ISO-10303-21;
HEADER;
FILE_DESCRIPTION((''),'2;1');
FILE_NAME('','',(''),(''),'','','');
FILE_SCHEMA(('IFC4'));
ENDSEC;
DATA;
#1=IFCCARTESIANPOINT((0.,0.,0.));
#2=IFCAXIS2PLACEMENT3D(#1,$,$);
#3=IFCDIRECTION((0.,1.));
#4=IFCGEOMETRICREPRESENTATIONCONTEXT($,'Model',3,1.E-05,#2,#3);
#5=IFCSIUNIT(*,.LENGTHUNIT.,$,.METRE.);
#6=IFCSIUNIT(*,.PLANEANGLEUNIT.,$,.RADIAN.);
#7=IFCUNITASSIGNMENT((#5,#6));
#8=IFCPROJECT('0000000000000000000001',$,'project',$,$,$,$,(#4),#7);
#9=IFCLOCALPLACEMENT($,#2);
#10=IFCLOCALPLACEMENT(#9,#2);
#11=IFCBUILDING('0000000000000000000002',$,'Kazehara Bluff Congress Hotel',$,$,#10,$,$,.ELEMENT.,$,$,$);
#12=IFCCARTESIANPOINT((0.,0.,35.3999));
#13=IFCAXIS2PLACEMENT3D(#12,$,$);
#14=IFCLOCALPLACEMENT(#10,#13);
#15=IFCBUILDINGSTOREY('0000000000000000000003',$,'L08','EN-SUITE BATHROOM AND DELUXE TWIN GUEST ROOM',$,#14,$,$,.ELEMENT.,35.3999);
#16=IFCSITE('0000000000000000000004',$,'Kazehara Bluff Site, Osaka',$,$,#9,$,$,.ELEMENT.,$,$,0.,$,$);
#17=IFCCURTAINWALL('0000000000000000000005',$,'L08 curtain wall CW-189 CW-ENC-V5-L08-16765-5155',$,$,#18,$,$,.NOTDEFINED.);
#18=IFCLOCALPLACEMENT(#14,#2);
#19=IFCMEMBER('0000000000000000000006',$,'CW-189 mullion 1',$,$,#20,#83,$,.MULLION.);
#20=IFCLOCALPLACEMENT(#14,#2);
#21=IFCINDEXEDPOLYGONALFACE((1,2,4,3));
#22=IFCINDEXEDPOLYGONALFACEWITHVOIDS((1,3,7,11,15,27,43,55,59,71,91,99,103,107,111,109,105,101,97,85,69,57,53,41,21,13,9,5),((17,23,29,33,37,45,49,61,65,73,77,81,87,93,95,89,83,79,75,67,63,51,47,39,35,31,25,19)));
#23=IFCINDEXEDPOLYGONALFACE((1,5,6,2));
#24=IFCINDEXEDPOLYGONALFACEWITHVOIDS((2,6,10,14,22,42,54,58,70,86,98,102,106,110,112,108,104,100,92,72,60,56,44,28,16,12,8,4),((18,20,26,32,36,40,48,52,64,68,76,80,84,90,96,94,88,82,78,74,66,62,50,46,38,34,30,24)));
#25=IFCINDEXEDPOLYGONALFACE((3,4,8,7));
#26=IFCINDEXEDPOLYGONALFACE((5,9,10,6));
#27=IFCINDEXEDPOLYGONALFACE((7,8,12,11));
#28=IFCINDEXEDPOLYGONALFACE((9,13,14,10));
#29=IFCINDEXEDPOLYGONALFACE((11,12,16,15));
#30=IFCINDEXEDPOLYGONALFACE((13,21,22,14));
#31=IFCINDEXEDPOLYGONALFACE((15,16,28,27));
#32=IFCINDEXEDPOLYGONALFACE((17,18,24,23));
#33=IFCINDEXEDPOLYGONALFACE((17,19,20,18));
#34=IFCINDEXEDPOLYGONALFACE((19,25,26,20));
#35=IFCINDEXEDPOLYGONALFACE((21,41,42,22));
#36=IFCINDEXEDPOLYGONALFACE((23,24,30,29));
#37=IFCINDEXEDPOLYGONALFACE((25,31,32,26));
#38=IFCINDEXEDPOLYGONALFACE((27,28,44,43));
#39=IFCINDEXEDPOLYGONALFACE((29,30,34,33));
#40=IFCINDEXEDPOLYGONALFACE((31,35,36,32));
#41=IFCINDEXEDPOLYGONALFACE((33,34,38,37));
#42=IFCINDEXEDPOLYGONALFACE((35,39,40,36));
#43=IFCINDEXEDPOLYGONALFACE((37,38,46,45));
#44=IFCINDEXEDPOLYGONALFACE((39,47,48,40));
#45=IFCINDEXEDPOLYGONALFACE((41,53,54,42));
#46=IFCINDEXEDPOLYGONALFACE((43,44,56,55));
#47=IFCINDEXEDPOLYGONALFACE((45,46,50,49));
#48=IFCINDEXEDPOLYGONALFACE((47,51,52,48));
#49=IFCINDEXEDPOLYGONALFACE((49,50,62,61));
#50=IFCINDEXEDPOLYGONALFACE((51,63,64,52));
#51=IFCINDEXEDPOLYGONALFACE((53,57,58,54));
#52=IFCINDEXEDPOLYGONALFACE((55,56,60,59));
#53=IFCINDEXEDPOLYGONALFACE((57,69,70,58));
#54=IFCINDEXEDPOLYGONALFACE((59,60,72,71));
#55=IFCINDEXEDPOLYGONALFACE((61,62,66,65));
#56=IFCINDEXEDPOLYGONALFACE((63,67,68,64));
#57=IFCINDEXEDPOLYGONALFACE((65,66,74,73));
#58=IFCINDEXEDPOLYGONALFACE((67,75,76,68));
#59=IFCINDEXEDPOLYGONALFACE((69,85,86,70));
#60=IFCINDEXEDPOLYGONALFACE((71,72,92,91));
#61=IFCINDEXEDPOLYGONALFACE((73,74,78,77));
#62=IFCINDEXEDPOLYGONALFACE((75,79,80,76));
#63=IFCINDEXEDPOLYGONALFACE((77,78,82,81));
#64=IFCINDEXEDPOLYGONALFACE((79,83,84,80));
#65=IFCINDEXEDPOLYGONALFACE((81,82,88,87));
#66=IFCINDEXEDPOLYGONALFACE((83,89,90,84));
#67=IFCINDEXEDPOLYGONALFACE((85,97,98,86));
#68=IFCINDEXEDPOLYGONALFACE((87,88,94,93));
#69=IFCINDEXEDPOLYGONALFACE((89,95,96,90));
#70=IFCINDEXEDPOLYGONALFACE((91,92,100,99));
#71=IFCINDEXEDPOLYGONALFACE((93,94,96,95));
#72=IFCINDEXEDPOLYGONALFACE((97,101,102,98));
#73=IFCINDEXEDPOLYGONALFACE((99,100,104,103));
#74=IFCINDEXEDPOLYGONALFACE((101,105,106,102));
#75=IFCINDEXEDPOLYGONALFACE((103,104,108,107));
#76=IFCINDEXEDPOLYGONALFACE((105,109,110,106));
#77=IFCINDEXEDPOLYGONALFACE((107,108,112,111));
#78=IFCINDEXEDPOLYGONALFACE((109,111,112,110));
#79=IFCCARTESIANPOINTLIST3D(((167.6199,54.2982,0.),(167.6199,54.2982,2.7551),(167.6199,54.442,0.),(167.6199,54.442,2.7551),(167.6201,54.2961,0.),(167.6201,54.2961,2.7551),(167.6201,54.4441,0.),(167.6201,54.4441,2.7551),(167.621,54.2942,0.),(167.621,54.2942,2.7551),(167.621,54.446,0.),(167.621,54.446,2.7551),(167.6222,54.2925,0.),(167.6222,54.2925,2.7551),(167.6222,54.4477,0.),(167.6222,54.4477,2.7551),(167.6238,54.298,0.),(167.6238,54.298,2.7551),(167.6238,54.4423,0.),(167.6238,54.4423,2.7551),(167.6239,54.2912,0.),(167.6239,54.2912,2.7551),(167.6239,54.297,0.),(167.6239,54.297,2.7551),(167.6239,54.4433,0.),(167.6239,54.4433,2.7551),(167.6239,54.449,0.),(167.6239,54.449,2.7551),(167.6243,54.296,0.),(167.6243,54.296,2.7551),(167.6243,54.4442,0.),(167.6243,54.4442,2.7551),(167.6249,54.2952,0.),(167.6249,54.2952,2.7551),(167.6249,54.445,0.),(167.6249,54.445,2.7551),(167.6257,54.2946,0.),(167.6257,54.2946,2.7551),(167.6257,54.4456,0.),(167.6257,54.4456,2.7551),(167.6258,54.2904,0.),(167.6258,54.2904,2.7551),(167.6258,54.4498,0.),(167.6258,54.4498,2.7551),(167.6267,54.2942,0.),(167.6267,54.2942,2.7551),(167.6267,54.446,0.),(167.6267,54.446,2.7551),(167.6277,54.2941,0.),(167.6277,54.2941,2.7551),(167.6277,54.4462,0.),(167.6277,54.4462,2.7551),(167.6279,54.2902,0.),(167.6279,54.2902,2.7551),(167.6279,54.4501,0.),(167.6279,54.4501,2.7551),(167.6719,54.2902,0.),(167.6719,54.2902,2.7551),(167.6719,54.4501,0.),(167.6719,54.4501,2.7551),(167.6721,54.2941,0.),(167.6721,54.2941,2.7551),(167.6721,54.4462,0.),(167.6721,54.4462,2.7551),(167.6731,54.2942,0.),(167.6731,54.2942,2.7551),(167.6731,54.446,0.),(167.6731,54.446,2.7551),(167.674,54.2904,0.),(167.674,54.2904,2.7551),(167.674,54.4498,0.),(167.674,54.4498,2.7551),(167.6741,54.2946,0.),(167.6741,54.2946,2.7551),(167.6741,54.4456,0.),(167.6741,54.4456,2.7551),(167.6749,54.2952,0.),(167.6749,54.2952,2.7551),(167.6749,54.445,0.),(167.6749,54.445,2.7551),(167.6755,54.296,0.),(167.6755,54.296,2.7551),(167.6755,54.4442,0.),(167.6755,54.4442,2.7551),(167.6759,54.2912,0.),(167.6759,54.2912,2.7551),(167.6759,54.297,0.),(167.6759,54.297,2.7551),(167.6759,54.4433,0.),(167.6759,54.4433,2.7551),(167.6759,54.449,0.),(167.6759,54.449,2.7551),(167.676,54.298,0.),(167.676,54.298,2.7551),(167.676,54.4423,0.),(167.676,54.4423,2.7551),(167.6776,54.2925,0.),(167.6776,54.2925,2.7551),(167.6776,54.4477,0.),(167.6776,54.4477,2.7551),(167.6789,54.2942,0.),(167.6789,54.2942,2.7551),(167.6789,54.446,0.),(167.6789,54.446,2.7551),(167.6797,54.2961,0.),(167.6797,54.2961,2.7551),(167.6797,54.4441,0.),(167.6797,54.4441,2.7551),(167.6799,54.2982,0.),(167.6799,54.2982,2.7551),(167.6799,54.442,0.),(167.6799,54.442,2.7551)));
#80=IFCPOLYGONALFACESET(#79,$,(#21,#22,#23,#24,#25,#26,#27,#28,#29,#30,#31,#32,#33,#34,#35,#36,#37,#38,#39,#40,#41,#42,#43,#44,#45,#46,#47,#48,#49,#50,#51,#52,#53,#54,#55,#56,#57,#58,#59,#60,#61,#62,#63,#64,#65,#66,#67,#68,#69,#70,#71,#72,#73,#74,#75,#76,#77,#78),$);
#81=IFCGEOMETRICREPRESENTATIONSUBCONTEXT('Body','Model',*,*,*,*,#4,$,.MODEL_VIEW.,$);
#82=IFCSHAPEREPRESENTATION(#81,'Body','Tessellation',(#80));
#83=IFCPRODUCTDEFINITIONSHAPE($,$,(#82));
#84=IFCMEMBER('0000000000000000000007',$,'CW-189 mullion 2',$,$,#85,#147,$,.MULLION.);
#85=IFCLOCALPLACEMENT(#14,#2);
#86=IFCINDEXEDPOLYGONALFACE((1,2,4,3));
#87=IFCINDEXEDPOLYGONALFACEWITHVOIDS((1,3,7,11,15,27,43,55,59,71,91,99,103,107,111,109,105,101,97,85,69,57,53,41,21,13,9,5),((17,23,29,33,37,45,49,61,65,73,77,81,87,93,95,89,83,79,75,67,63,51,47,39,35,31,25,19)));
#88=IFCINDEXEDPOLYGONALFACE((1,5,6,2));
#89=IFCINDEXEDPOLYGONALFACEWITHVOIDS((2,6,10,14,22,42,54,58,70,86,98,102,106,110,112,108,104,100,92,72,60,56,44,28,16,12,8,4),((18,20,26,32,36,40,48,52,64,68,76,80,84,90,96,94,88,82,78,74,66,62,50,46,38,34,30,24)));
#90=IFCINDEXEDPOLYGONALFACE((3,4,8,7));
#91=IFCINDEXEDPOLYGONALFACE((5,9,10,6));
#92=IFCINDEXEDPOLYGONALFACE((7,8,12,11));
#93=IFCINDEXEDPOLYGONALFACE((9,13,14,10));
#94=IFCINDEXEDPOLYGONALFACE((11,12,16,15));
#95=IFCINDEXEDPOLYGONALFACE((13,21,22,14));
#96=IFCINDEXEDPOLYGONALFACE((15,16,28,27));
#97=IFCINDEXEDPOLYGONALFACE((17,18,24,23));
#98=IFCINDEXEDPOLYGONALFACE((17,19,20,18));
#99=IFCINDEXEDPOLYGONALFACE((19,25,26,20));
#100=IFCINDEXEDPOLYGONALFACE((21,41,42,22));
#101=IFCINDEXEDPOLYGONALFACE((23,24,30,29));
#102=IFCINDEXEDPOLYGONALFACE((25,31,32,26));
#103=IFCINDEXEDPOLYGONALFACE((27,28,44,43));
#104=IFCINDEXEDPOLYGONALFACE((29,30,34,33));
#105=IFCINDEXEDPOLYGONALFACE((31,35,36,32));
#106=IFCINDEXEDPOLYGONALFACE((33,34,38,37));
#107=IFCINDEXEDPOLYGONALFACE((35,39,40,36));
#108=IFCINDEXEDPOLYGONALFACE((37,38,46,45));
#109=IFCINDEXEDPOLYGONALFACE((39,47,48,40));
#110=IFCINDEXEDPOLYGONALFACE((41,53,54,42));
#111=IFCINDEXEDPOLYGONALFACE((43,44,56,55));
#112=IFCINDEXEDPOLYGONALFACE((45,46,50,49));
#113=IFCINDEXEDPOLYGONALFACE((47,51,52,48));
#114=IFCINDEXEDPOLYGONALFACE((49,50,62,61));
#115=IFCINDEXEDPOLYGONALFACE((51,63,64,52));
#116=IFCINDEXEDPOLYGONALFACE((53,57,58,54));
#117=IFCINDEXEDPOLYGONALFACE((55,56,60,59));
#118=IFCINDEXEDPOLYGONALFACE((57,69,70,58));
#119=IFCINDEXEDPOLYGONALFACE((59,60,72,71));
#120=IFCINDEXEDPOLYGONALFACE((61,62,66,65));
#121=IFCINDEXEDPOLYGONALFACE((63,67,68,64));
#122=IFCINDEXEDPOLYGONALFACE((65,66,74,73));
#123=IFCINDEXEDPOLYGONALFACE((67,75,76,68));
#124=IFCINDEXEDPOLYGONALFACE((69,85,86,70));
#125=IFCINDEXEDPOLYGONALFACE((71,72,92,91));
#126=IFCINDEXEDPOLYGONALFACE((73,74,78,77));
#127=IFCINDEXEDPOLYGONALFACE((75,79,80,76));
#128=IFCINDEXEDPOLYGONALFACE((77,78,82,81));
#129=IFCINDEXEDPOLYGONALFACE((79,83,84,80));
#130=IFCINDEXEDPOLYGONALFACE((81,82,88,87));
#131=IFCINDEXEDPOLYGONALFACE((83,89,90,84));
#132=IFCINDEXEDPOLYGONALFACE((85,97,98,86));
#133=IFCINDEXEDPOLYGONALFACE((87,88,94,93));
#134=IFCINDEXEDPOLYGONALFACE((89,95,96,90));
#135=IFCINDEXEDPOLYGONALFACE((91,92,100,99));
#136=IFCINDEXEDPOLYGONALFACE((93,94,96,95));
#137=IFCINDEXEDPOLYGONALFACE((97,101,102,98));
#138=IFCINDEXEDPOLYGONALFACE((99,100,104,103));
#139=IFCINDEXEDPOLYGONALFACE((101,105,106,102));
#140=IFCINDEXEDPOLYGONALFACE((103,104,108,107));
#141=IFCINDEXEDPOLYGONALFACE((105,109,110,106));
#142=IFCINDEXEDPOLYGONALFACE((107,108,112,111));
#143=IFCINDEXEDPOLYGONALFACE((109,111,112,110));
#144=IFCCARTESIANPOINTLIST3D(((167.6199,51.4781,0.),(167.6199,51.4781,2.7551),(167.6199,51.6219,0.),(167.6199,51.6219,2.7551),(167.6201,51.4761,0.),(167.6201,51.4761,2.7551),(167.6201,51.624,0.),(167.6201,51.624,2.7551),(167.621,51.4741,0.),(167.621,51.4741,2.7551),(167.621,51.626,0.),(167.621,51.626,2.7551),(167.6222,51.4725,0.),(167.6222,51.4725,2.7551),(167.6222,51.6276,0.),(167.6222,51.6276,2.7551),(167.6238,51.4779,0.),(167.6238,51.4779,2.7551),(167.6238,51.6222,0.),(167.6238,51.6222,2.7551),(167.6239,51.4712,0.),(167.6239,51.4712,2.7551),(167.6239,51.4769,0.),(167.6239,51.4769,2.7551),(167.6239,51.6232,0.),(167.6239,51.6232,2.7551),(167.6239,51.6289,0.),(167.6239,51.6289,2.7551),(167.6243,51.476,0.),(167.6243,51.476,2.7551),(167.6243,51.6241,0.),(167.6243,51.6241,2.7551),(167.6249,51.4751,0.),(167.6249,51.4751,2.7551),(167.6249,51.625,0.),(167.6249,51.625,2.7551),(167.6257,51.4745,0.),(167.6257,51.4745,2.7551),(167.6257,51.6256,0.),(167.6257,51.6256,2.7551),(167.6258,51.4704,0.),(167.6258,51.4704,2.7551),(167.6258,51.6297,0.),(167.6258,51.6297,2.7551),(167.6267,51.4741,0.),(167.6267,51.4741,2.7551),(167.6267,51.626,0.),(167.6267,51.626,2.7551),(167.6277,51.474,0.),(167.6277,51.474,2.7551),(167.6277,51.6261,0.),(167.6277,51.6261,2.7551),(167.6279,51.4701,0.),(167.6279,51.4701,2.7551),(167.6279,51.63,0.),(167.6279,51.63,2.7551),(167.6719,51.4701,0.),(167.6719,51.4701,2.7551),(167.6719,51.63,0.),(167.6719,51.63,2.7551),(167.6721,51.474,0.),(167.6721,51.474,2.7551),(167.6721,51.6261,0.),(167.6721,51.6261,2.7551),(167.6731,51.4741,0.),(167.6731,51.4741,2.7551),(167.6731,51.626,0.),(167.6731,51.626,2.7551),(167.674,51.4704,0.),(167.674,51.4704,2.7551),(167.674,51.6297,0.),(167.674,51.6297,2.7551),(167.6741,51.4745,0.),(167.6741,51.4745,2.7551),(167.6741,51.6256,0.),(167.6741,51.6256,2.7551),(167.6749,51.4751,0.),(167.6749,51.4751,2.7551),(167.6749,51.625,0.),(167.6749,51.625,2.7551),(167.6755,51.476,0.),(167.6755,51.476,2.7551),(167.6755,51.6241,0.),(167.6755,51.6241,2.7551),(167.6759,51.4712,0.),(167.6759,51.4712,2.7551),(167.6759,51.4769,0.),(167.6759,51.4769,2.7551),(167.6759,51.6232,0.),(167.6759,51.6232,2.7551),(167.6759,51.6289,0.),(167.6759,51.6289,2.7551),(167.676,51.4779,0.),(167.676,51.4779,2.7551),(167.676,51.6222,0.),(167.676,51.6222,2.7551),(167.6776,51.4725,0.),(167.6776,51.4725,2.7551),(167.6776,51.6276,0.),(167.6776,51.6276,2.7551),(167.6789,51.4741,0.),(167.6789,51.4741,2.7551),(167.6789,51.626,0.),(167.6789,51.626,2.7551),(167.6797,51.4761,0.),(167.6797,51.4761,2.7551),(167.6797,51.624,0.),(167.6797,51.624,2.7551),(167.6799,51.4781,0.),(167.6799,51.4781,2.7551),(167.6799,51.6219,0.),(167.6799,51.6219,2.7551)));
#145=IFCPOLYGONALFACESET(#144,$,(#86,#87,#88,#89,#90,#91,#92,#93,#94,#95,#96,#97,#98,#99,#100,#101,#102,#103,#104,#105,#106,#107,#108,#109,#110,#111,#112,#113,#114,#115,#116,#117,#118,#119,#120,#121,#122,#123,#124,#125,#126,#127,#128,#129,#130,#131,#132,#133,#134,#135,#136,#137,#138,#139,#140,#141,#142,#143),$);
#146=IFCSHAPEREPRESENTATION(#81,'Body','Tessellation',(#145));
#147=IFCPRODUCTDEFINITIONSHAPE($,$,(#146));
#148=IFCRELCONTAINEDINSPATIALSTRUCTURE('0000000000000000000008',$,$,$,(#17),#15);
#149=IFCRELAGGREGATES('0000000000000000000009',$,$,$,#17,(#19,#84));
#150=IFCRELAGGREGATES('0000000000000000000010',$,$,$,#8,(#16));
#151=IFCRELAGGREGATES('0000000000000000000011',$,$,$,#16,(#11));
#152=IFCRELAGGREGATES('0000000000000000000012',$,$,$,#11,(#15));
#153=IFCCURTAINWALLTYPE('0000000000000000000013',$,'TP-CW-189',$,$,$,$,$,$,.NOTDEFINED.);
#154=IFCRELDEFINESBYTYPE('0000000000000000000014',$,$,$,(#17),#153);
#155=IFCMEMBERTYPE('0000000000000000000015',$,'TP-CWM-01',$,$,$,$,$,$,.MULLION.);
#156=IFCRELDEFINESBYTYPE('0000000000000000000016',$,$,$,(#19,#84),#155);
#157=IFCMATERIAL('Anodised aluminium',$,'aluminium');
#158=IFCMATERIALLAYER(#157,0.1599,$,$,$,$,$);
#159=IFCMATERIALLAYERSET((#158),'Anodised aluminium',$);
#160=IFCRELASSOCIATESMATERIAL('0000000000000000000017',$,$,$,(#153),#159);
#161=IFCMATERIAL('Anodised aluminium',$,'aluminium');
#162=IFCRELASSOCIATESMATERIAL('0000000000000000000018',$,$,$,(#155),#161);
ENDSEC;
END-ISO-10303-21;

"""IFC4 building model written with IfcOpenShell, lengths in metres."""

from ifc_helpers import new_model, si_unit, direction, frame, origin, origin_2d, place, context, subcontext, project, spatial, hollow_rectangle, extrude, material, layer, layer_set, material_profile, profile_set, type_object, element, aggregate, save


model = new_model("IFC4")

# Units and contexts
model_context = context("Model", 3, precision=1e-05, world=origin(), true_north=direction((0.0, 1.0)))
body_context = subcontext(model_context, "Body", "Model", "MODEL_VIEW")
ifc_project = project(units=[si_unit("LENGTHUNIT", "METRE"), si_unit("PLANEANGLEUNIT", "RADIAN")], contexts=[model_context])

# Site, building, storey
site_placement = place(None, origin())
site = spatial("IfcSite", under=ifc_project, at=site_placement, Name="Kazehara Bluff Site, Osaka", CompositionType="ELEMENT", RefElevation=0.0)
building_placement = place(site_placement, origin())
building = spatial("IfcBuilding", under=site, at=building_placement, Name="Kazehara Bluff Congress Hotel", CompositionType="ELEMENT")
storey_placement = place(building_placement, frame((0.0, 0.0, 35.3999)))
storey = spatial("IfcBuildingStorey", under=building, at=storey_placement, Name="L08", Description="EN-SUITE BATHROOM AND DELUXE TWIN GUEST ROOM", CompositionType="ELEMENT", Elevation=35.3999)

# Curtain wall, members
ifc_material_1 = material(Name="Anodised aluminium", Category="aluminium")
ifc_layer_1 = layer(ifc_material_1, 0.1599)
ifc_layer_set_1 = layer_set([ifc_layer_1], Name="Anodised aluminium")
curtain_wall_type = type_object("IfcCurtainWallType", Name="TP-CW-189", PredefinedType="NOTDEFINED", material=ifc_layer_set_1)
curtain_wall_placement = place(storey_placement, origin())
curtain_wall = element("IfcCurtainWall", 1, at=curtain_wall_placement, inside=storey, type_object=curtain_wall_type, Name="L08 curtain wall CW-189 CW-ENC-V5-L08-16765-5155", PredefinedType="NOTDEFINED")
ifc_material_2 = material(Name="Anodised aluminium", Category="aluminium")
ifc_material_profile_1 = material_profile(ifc_material_2, hollow_rectangle(XDim=0.0601, YDim=0.1599, WallThickness=0.0039, InnerFilletRadius=0.0039, OuterFilletRadius=0.0081, at=origin_2d()))
ifc_profile_set_1 = profile_set([ifc_material_profile_1], Name="Anodised aluminium")
member_type_1 = type_object("IfcMemberType", Name="TP-CWM-01", PredefinedType="MULLION", material=ifc_profile_set_1)
member_1_placement = place(storey_placement, frame((167.6499, 54.3701, 0.0), z_axis=(0.0, 0.0, 1.0), x_axis=(1.0, 0.0, 0.0)))
member_1 = element("IfcMember", 2, at=member_1_placement, type_object=member_type_1, Name="CW-189 mullion 1", PredefinedType="MULLION", context=body_context, shape_type="SweptSolid", body=[
    extrude(hollow_rectangle(XDim=0.0601, YDim=0.1599, WallThickness=0.0039, InnerFilletRadius=0.0039, OuterFilletRadius=0.0081, at=origin_2d()), origin(), (0.0, 0.0, 1.0), 2.7551),
])
member_2_placement = place(storey_placement, frame((167.6499, 51.55, 0.0), z_axis=(0.0, 0.0, 1.0), x_axis=(1.0, 0.0, 0.0)))
member_2 = element("IfcMember", 3, at=member_2_placement, type_object=member_type_1, Name="CW-189 mullion 2", PredefinedType="MULLION", context=body_context, shape_type="SweptSolid", body=[
    extrude(hollow_rectangle(XDim=0.0601, YDim=0.1599, WallThickness=0.0039, InnerFilletRadius=0.0039, OuterFilletRadius=0.0081, at=origin_2d()), origin(), (0.0, 0.0, 1.0), 2.7551),
])
aggregate(curtain_wall, [member_1, member_2])

save(model, "model.ifc")
